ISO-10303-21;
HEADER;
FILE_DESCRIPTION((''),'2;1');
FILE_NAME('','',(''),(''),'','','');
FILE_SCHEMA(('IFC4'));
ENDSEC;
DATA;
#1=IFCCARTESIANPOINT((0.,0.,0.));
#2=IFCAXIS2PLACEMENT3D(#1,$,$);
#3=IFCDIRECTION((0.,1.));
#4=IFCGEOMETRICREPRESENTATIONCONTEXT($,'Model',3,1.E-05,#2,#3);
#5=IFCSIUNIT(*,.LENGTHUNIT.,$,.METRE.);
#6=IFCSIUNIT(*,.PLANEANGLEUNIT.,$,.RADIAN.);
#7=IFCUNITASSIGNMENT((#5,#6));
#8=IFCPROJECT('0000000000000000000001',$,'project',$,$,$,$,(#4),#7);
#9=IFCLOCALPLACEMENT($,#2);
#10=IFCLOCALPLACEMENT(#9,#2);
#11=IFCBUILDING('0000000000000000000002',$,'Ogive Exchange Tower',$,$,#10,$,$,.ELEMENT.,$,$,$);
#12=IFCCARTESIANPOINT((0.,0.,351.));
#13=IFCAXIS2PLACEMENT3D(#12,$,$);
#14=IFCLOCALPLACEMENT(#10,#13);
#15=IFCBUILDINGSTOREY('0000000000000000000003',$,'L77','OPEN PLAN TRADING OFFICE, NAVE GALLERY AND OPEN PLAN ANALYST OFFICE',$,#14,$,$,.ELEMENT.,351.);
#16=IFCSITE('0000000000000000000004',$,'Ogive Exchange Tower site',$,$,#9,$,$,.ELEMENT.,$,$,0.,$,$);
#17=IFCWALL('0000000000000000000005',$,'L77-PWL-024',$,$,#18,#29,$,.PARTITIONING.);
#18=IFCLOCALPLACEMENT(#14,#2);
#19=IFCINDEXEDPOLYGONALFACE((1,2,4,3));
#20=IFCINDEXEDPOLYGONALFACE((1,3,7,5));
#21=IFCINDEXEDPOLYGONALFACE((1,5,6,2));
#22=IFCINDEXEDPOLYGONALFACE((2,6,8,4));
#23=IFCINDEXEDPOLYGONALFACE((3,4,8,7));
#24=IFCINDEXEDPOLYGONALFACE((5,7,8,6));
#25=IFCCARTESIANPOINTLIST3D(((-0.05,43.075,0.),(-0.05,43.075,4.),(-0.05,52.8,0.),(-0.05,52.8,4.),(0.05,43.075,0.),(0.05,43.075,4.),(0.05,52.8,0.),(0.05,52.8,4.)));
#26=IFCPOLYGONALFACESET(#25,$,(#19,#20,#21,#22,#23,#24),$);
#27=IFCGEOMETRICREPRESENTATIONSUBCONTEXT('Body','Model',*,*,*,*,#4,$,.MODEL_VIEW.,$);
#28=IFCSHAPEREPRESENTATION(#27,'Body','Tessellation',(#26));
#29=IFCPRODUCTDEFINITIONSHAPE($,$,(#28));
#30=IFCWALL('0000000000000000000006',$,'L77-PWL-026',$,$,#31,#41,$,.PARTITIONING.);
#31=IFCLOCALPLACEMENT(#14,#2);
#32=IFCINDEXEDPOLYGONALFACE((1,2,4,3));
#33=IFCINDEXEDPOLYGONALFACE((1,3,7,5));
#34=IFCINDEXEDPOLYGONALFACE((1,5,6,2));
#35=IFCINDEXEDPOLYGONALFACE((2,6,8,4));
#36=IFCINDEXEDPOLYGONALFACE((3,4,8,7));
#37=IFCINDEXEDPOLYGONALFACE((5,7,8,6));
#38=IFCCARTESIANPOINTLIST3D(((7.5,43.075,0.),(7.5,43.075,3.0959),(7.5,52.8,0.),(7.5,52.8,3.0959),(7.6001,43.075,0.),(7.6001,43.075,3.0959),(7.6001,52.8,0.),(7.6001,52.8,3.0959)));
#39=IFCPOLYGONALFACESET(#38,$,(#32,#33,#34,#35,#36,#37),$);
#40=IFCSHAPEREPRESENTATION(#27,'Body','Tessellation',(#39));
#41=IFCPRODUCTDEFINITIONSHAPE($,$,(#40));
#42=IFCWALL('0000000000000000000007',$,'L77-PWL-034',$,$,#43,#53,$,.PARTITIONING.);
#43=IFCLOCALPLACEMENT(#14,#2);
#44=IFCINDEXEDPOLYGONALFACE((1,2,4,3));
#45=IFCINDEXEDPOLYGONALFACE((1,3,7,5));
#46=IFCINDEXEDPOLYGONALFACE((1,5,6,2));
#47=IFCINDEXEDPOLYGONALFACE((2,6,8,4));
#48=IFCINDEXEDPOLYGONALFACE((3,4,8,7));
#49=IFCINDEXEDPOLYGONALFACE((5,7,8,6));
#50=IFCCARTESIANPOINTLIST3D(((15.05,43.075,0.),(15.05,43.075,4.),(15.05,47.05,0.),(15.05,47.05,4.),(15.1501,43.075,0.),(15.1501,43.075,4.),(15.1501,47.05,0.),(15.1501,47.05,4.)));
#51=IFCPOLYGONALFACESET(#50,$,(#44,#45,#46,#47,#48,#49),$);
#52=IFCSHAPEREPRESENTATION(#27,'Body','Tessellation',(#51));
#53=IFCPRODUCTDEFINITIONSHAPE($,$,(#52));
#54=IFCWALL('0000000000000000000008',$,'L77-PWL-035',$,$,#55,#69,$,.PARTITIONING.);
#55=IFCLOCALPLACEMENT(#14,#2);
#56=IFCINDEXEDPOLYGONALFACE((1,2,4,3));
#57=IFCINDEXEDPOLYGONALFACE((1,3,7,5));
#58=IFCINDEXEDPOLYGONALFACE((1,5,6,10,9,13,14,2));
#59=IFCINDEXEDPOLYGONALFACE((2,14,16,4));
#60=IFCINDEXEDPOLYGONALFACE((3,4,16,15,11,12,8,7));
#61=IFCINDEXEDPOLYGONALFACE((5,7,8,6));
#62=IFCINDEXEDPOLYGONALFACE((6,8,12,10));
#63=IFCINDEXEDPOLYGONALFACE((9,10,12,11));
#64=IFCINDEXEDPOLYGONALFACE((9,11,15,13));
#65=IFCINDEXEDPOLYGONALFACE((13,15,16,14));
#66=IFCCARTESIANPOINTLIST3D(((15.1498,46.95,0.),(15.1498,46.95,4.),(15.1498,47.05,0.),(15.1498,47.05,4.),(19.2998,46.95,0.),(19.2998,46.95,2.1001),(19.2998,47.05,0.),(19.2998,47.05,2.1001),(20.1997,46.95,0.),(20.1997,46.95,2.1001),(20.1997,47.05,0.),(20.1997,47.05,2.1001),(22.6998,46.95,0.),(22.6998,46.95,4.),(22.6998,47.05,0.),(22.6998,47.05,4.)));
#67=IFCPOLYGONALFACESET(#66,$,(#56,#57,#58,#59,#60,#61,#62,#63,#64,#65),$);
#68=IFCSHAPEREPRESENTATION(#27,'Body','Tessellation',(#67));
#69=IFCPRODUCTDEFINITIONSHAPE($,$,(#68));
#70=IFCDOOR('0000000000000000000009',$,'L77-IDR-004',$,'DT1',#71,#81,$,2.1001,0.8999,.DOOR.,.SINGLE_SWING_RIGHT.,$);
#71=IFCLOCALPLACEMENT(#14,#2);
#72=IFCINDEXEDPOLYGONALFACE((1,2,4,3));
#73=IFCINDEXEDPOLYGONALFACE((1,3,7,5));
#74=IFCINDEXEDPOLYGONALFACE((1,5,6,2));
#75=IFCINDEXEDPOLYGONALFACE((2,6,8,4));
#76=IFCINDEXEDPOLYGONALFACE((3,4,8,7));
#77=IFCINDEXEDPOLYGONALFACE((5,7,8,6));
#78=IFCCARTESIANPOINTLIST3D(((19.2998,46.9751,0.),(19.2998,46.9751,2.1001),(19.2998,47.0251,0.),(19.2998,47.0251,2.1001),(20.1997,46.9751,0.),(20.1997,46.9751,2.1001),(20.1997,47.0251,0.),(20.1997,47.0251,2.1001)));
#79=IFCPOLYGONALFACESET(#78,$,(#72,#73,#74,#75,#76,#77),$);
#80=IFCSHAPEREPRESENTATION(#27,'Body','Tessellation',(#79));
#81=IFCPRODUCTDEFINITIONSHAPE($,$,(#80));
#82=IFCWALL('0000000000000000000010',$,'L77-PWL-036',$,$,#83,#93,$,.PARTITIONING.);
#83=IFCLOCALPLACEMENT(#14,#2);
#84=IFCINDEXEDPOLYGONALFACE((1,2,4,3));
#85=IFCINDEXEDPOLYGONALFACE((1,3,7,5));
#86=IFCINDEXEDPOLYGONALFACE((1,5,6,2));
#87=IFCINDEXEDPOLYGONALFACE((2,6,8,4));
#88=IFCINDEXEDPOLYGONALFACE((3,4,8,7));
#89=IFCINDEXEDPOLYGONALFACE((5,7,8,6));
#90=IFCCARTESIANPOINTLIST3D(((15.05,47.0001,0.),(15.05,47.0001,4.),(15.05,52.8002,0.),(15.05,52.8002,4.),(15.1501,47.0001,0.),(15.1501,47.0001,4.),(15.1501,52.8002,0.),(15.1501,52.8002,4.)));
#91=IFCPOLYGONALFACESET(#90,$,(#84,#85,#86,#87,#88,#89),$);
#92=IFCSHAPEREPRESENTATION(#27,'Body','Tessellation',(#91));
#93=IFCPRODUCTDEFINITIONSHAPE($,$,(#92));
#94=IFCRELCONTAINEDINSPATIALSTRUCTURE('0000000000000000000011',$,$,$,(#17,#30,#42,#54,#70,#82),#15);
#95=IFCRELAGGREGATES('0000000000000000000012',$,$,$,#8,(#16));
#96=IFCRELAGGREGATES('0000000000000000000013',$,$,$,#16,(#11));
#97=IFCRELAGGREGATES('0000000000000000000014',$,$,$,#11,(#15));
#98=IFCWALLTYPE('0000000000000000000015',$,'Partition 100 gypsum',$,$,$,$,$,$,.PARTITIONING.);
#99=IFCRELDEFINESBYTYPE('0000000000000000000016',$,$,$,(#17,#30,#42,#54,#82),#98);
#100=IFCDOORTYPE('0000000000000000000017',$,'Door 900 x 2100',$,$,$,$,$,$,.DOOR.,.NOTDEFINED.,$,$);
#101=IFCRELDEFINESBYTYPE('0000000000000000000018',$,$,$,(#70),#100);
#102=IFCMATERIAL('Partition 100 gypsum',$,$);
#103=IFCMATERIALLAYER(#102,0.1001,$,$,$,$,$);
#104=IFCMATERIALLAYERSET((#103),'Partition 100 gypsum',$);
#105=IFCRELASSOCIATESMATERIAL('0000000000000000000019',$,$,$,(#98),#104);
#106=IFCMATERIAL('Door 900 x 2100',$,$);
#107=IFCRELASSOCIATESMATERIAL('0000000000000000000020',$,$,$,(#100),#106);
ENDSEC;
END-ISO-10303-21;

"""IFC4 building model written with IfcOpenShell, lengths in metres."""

from ifc_helpers import new_model, si_unit, direction, frame, frame_2d, origin, place, context, subcontext, project, spatial, rectangle, extrude, material, layer, layer_set, type_object, element, fill, save


model = new_model("IFC4")

# Units and contexts
model_context = context("Model", 3, precision=1e-05, world=origin(), true_north=direction((0.0, 1.0)))
body_context = subcontext(model_context, "Body", "Model", "MODEL_VIEW")
ifc_project = project(units=[si_unit("LENGTHUNIT", "METRE"), si_unit("PLANEANGLEUNIT", "RADIAN")], contexts=[model_context])

# Site, building, storey
site_placement = place(None, origin())
site = spatial("IfcSite", under=ifc_project, at=site_placement, Name="Ogive Exchange Tower site", CompositionType="ELEMENT", RefElevation=0.0)
building_placement = place(site_placement, origin())
building = spatial("IfcBuilding", under=site, at=building_placement, Name="Ogive Exchange Tower", CompositionType="ELEMENT")
storey_placement = place(building_placement, frame((0.0, 0.0, 351.0)))
storey = spatial("IfcBuildingStorey", under=building, at=storey_placement, Name="L77", Description="OPEN PLAN TRADING OFFICE, NAVE GALLERY AND OPEN PLAN ANALYST OFFICE", CompositionType="ELEMENT", Elevation=351.0)

# Walls
ifc_material_1 = material(Name="Partition 100 gypsum")
ifc_layer_1 = layer(ifc_material_1, 0.1001)
ifc_layer_set_1 = layer_set([ifc_layer_1], Name="Partition 100 gypsum")
wall_type_1 = type_object("IfcWallType", Name="Partition 100 gypsum", PredefinedType="PARTITIONING", material=ifc_layer_set_1)
wall_1_placement = place(storey_placement, frame((0.0, 43.075, 0.0), z_axis=(0.0, 0.0, 1.0), x_axis=(0.0, 1.0, 0.0)))
element("IfcWall", 1, at=wall_1_placement, inside=storey, type_object=wall_type_1, Name="L77-PWL-024", PredefinedType="PARTITIONING", context=body_context, shape_type="SweptSolid", body=[
    extrude(rectangle(XDim=9.7251, YDim=0.1001, at=frame_2d((4.8625, 0.0))), origin(), (0.0, 0.0, 1.0), 4.0),
])
wall_2_placement = place(storey_placement, frame((7.55, 43.075, 0.0), z_axis=(0.0, 0.0, 1.0), x_axis=(0.0, 1.0, 0.0)))
element("IfcWall", 2, at=wall_2_placement, inside=storey, type_object=wall_type_1, Name="L77-PWL-026", PredefinedType="PARTITIONING", context=body_context, shape_type="SweptSolid", body=[
    extrude(rectangle(XDim=9.7251, YDim=0.1001, at=frame_2d((4.8625, 0.0))), origin(), (0.0, 0.0, 1.0), 3.0959),
])
wall_3_placement = place(storey_placement, frame((15.1001, 47.05, 0.0), z_axis=(0.0, 0.0, 1.0), x_axis=(0.0, -1.0, 0.0)))
element("IfcWall", 3, at=wall_3_placement, inside=storey, type_object=wall_type_1, Name="L77-PWL-034", PredefinedType="PARTITIONING", context=body_context, shape_type="SweptSolid", body=[
    extrude(rectangle(XDim=3.9751, YDim=0.1001, at=frame_2d((1.9875, 0.0))), origin(), (0.0, 0.0, 1.0), 4.0),
])

# Wall, opening, door
wall_4_placement = place(storey_placement, frame((15.1499, 47.0, 0.0), z_axis=(0.0, 0.0, 1.0), x_axis=(1.0, 0.0, 0.0)))
wall_4 = element("IfcWall", 4, at=wall_4_placement, inside=storey, type_object=wall_type_1, Name="L77-PWL-035", PredefinedType="PARTITIONING", context=body_context, shape_type="SweptSolid", body=[
    extrude(rectangle(XDim=7.55, YDim=0.1001, at=frame_2d((3.7749, 0.0))), origin(), (0.0, 0.0, 1.0), 4.0),
])
opening_1_placement = place(wall_4_placement, frame((4.1499, 0.0, 0.0)))
opening_1 = element("IfcOpeningElement", 5, at=opening_1_placement, cuts=wall_4, PredefinedType="OPENING", context=body_context, shape_type="SweptSolid", body=[
    extrude(rectangle(XDim=0.8999, YDim=2.1001, at=frame_2d((0.45, 1.05))), frame((0.0, 0.0601, 0.0), z_axis=(0.0, -1.0, 0.0), x_axis=(1.0, 0.0, 0.0)), (0.0, 0.0, 1.0), 0.1201),
])
ifc_material_2 = material(Name="Door 900 x 2100")
door_type_1 = type_object("IfcDoorType", Name="Door 900 x 2100", OperationType="NOTDEFINED", PredefinedType="DOOR", material=ifc_material_2)
door_1_placement = place(opening_1_placement, frame((0.8999, 0.0, 0.0), z_axis=(0.0, 0.0, 1.0), x_axis=(-1.0, 0.0, 0.0)))
door_1 = element("IfcDoor", 6, at=door_1_placement, inside=storey, type_object=door_type_1, Name="L77-IDR-004", ObjectType="DT1", OperationType="SINGLE_SWING_RIGHT", OverallHeight=2.1001, OverallWidth=0.8999, PredefinedType="DOOR", context=body_context, shape_type="SweptSolid", body=[
    extrude(rectangle(XDim=0.8999, YDim=2.1001, at=frame_2d((0.45, 1.05))), frame((0.0, 0.0249, 0.0), z_axis=(0.0, -1.0, 0.0), x_axis=(1.0, 0.0, 0.0)), (0.0, 0.0, 1.0), 0.05),
])
fill(opening_1, door_1)

# Wall
wall_5_placement = place(storey_placement, frame((15.1001, 52.8, 0.0), z_axis=(0.0, 0.0, 1.0), x_axis=(0.0, -1.0, 0.0)))
element("IfcWall", 7, at=wall_5_placement, inside=storey, type_object=wall_type_1, Name="L77-PWL-036", PredefinedType="PARTITIONING", context=body_context, shape_type="SweptSolid", body=[
    extrude(rectangle(XDim=5.8, YDim=0.1001, at=frame_2d((2.8999, 0.0))), origin(), (0.0, 0.0, 1.0), 4.0),
])

save(model, "model.ifc")
